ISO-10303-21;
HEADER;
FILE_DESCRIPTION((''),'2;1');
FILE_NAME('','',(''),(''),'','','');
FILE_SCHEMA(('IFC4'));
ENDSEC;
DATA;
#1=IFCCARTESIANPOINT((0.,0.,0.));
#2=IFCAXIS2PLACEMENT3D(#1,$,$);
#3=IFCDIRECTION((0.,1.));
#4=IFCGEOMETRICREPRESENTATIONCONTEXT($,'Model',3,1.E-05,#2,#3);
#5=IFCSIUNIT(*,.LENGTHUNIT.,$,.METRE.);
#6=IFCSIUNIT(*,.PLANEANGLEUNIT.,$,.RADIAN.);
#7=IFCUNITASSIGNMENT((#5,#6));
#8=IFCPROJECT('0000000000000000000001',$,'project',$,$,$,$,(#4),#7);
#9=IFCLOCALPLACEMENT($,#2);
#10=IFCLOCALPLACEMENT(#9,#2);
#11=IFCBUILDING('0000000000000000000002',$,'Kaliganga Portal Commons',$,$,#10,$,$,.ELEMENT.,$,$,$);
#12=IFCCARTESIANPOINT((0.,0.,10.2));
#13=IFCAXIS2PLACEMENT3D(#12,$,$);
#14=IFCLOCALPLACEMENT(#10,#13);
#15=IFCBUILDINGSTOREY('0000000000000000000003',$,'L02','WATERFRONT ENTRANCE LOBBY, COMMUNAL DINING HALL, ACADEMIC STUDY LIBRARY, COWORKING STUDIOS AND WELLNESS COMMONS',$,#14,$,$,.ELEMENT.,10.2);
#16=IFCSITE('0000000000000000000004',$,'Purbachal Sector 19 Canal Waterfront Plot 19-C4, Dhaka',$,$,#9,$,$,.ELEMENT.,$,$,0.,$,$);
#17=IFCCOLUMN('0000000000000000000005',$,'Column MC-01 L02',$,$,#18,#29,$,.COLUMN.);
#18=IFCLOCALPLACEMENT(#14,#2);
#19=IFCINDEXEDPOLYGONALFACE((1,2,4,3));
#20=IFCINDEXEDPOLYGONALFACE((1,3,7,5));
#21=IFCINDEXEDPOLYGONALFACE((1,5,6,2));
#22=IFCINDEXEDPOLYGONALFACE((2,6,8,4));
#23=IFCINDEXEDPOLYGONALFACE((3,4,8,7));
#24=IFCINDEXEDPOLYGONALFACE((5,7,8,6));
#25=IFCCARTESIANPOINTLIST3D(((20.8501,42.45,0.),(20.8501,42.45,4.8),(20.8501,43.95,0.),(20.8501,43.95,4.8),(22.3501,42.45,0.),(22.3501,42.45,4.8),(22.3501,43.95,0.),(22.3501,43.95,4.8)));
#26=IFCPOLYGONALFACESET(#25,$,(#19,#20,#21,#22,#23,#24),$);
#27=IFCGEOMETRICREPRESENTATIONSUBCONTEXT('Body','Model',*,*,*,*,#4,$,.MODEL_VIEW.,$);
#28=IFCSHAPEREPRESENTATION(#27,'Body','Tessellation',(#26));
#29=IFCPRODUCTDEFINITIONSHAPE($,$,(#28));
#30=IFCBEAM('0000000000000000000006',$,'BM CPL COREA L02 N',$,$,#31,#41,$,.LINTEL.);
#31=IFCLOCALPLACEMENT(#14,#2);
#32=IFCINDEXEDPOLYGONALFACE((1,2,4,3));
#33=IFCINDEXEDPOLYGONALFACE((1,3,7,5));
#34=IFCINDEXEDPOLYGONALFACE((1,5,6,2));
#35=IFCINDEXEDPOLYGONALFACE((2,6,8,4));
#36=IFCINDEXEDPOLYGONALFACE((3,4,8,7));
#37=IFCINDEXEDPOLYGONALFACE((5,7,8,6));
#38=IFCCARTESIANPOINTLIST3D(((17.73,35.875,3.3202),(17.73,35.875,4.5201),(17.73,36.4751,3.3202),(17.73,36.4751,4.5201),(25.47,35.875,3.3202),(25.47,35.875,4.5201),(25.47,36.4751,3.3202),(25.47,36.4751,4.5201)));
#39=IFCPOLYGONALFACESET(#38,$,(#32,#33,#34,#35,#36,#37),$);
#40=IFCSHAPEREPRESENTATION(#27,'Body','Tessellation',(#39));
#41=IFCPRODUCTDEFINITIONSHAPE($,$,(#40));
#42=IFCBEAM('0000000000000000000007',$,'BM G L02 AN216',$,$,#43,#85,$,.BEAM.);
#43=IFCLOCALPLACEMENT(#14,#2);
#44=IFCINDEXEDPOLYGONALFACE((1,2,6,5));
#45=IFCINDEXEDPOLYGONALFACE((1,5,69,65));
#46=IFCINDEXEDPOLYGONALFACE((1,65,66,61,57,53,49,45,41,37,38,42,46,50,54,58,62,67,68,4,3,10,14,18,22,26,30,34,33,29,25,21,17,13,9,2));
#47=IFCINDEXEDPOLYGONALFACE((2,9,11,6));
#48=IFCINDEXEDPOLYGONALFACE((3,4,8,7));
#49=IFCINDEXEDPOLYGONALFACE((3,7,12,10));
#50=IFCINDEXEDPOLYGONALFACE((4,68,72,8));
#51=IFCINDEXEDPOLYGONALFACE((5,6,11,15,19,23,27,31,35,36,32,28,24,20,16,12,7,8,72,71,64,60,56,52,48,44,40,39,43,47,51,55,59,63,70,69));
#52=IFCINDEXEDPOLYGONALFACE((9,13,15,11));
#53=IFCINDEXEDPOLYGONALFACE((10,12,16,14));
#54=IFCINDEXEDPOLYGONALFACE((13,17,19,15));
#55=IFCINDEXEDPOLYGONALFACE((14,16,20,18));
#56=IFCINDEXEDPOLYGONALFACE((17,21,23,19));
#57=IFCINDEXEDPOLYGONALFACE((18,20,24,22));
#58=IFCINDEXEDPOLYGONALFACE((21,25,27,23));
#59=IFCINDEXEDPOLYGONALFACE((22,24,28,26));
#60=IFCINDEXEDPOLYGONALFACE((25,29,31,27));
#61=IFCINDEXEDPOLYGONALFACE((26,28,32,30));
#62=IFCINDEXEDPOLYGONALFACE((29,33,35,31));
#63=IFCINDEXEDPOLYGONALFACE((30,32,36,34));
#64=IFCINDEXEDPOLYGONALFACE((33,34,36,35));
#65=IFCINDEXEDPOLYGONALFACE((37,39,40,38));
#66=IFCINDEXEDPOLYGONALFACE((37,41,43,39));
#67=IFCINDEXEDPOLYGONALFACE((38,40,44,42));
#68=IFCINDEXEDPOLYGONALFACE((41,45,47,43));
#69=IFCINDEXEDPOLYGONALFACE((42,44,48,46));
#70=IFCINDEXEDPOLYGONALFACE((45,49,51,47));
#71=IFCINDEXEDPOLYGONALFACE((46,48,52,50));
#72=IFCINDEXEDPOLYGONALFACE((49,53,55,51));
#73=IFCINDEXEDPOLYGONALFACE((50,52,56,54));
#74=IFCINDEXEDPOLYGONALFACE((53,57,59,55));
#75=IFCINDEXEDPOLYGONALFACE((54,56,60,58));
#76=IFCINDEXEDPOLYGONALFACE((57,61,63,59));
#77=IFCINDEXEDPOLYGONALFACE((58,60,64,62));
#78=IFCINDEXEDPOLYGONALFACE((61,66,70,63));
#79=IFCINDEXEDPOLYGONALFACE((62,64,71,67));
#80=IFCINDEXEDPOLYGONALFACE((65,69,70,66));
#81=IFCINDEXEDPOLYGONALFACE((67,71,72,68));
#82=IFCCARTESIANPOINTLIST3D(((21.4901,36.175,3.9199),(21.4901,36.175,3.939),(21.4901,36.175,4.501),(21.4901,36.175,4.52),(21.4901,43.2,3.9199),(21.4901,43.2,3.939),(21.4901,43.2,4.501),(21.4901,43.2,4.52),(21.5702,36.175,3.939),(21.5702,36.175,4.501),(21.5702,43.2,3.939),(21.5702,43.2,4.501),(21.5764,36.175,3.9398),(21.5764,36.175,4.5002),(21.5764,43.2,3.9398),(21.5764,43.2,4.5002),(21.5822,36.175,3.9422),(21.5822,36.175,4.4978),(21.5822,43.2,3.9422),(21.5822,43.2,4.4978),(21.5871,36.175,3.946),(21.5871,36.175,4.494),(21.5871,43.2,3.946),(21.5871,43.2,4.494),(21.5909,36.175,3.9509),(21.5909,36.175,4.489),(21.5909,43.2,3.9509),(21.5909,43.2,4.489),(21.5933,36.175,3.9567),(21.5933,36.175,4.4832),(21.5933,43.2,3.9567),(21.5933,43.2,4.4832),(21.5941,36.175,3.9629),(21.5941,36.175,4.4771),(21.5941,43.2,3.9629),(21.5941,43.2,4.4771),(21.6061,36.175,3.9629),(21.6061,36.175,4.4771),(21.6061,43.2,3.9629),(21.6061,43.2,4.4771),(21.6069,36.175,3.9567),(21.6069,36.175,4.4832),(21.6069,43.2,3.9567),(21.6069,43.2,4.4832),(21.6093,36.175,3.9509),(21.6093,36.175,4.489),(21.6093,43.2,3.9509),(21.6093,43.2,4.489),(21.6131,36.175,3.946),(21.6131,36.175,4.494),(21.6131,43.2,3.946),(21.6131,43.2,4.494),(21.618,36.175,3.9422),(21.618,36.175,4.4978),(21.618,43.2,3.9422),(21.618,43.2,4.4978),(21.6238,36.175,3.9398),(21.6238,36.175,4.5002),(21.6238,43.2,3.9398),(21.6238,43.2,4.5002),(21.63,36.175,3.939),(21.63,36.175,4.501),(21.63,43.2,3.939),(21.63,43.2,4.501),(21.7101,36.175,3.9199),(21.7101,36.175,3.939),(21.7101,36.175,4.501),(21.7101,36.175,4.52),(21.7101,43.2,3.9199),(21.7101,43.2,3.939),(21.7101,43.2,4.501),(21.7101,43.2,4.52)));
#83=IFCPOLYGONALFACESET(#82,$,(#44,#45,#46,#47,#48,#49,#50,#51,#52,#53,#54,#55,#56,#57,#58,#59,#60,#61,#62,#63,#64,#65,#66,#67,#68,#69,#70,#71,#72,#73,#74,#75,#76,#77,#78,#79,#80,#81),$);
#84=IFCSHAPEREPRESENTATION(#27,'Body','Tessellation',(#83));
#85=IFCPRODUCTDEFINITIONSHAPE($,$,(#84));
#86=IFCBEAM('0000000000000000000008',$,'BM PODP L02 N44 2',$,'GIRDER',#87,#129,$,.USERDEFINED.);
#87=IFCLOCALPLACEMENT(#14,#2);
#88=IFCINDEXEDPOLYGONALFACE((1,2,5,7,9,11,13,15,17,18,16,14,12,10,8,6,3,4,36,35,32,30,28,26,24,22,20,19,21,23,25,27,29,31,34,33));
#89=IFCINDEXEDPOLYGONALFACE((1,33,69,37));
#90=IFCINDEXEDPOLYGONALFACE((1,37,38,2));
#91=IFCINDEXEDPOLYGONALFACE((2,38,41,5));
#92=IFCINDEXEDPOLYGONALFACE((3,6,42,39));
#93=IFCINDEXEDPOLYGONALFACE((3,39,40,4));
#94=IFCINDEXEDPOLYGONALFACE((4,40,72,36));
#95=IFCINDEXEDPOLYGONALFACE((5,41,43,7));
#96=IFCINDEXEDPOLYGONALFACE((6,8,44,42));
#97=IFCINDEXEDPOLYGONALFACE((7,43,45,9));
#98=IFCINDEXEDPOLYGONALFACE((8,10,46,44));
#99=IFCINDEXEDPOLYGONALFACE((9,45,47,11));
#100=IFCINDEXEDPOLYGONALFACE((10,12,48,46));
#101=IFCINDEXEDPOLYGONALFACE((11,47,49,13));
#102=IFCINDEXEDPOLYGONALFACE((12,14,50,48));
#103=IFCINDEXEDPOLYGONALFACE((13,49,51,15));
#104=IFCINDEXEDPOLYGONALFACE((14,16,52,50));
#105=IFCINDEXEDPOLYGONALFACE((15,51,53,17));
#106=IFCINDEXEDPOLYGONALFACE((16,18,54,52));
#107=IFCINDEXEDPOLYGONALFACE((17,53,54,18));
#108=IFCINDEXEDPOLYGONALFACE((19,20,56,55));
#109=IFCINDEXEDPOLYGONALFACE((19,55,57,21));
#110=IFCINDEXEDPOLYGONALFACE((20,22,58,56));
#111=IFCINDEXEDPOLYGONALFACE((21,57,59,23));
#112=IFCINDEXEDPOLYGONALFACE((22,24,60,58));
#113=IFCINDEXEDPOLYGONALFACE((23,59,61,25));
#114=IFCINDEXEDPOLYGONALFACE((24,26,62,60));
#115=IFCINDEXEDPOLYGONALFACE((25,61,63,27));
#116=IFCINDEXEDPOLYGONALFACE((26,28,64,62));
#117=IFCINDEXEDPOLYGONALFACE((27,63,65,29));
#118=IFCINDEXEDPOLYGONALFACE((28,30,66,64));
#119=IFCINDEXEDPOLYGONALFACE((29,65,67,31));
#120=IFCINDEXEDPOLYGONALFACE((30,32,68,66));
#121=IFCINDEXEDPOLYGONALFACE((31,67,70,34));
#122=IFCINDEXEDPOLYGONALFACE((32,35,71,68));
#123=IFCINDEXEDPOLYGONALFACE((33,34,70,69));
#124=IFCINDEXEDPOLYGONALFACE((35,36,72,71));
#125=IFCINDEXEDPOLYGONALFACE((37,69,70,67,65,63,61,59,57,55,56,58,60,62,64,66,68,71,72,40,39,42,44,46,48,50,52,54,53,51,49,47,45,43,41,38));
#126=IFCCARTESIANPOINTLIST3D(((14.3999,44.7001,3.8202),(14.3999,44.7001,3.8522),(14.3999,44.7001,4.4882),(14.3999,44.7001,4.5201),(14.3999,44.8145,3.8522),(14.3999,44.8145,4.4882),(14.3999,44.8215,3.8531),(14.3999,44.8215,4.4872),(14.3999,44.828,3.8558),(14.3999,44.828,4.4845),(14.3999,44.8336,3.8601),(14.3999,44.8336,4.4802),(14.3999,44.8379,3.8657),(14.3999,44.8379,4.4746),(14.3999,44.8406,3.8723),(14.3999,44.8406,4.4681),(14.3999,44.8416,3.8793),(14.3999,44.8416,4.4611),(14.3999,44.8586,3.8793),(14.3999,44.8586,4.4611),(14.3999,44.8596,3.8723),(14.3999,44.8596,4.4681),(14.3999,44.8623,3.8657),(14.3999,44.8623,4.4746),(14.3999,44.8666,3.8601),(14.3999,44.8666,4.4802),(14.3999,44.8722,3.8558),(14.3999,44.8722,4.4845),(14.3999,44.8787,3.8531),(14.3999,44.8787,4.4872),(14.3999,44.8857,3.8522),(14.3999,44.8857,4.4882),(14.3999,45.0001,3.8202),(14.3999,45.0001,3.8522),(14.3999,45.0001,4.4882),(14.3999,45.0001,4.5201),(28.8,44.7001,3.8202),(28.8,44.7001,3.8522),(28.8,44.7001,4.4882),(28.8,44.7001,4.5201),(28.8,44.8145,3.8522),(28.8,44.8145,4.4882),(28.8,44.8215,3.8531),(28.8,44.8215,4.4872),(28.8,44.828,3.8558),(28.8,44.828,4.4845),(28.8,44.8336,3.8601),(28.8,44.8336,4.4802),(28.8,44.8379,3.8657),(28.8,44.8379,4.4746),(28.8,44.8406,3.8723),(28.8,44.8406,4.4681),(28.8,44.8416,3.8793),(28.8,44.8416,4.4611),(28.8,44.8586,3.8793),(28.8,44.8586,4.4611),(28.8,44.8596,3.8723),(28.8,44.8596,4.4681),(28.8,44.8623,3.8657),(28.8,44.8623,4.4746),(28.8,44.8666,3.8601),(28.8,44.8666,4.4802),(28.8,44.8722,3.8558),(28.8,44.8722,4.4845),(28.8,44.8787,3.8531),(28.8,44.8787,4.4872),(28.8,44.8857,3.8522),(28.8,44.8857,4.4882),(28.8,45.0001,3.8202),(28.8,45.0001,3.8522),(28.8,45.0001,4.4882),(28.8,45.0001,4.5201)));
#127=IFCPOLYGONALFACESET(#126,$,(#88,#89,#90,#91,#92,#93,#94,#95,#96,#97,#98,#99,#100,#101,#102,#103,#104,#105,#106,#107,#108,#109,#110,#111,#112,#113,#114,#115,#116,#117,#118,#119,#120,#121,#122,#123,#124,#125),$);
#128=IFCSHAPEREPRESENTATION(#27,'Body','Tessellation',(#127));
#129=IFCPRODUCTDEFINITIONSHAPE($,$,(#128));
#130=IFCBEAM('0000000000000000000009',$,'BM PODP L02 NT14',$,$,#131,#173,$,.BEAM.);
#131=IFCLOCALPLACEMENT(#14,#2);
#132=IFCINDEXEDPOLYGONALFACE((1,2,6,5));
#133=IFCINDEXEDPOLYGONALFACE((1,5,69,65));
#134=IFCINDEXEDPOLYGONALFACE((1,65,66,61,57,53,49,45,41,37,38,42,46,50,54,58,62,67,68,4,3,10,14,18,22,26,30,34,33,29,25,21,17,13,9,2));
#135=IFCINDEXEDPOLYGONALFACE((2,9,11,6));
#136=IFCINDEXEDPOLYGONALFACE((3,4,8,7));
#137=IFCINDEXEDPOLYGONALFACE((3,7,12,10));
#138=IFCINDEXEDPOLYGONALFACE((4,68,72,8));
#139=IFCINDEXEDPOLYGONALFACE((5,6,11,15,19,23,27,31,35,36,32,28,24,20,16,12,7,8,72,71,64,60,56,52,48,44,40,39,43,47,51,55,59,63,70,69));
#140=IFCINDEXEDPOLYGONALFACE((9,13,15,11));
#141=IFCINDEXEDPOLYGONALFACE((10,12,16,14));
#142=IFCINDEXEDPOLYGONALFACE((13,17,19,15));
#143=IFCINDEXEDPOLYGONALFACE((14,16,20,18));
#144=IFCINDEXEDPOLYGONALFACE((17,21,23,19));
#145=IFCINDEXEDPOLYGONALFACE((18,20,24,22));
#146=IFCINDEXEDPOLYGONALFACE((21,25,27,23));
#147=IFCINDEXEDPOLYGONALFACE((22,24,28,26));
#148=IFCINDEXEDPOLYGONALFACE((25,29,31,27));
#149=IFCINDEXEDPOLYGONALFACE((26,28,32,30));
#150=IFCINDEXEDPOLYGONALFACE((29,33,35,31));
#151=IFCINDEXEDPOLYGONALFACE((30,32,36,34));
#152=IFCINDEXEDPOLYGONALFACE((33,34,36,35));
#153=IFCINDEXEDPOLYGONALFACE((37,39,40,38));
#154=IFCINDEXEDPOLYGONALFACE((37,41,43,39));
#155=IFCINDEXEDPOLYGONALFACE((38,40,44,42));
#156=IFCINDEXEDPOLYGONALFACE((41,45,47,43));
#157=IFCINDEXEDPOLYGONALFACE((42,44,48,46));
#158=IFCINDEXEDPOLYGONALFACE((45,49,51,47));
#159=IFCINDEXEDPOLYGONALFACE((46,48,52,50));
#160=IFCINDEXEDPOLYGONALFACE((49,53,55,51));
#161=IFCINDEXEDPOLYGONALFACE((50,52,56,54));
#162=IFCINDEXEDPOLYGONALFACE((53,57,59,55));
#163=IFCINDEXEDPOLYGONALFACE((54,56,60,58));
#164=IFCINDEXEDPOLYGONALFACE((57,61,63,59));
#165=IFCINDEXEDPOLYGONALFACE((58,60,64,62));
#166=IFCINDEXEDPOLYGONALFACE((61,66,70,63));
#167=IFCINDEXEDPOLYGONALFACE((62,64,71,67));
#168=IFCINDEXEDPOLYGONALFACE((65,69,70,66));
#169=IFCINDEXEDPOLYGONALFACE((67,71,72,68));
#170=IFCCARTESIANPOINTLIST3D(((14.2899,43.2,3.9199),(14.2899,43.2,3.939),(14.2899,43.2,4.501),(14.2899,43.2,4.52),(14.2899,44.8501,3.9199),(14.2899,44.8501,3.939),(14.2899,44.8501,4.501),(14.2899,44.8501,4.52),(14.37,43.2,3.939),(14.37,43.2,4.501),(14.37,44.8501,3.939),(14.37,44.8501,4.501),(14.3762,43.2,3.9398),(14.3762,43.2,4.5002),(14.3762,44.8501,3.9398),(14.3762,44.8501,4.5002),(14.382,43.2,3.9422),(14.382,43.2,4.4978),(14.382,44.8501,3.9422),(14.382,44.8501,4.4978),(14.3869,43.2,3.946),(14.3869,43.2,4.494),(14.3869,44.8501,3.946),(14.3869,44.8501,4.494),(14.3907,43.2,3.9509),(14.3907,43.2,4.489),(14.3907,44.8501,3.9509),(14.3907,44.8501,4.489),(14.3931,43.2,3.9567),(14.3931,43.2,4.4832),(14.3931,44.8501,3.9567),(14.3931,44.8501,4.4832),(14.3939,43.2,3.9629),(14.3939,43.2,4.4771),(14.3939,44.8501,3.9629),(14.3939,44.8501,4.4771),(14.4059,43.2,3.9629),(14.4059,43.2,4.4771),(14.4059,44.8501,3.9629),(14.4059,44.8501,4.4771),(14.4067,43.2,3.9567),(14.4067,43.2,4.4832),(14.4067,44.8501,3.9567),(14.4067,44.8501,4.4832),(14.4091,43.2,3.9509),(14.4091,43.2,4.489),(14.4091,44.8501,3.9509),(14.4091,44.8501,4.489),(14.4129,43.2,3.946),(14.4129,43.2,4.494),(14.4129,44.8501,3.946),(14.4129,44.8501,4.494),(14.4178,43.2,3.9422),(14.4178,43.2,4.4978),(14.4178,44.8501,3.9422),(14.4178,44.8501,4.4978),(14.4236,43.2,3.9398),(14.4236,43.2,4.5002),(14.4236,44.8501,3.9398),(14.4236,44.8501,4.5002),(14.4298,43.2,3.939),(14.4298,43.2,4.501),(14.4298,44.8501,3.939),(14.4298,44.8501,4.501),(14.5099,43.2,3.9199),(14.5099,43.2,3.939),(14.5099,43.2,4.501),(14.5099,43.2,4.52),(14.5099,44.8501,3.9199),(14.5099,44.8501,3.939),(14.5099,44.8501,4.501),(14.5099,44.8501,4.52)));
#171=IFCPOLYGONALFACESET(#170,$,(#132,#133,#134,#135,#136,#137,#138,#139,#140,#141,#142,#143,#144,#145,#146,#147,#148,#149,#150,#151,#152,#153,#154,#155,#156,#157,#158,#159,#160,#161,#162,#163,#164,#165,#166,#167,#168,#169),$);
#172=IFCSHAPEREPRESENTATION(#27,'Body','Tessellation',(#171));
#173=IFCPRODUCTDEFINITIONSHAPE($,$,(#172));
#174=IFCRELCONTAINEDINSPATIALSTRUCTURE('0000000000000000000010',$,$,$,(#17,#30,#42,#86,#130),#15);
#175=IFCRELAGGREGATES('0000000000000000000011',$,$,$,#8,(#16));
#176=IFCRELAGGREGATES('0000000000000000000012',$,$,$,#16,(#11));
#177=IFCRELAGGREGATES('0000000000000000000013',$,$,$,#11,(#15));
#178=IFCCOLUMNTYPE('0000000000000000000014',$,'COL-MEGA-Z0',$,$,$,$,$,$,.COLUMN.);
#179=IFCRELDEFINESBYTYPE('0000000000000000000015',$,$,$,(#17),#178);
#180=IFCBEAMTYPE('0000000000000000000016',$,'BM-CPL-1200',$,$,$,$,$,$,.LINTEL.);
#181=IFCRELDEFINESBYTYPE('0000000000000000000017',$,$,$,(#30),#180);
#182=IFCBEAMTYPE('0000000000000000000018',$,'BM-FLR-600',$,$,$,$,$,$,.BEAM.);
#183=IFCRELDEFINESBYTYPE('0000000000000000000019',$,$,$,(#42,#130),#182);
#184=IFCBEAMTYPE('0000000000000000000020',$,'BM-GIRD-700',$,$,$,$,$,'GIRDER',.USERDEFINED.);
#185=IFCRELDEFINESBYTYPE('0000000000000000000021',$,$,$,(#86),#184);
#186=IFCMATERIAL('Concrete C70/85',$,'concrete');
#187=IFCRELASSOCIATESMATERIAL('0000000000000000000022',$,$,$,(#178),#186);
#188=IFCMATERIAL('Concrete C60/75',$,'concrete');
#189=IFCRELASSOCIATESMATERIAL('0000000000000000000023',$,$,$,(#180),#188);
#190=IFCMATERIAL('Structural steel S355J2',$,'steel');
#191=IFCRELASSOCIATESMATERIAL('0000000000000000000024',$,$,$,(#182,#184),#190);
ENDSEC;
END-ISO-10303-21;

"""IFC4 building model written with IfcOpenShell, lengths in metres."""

from ifc_helpers import new_model, si_unit, direction, frame, origin, origin_2d, place, context, subcontext, project, spatial, rectangle, i_section, extrude, source, transform, mapped, material, material_profile, profile_set, type_object, element, save


model = new_model("IFC4")

# Units and contexts
model_context = context("Model", 3, precision=1e-05, world=origin(), true_north=direction((0.0, 1.0)))
body_context = subcontext(model_context, "Body", "Model", "MODEL_VIEW")
ifc_project = project(units=[si_unit("LENGTHUNIT", "METRE"), si_unit("PLANEANGLEUNIT", "RADIAN")], contexts=[model_context])

# Site, building, storey
site_placement = place(None, origin())
site = spatial("IfcSite", under=ifc_project, at=site_placement, Name="Purbachal Sector 19 Canal Waterfront Plot 19-C4, Dhaka", CompositionType="ELEMENT", RefElevation=0.0)
building_placement = place(site_placement, origin())
building = spatial("IfcBuilding", under=site, at=building_placement, Name="Kaliganga Portal Commons", CompositionType="ELEMENT")
storey_placement = place(building_placement, frame((0.0, 0.0, 10.2)))
storey = spatial("IfcBuildingStorey", under=building, at=storey_placement, Name="L02", Description="WATERFRONT ENTRANCE LOBBY, COMMUNAL DINING HALL, ACADEMIC STUDY LIBRARY, COWORKING STUDIOS AND WELLNESS COMMONS", CompositionType="ELEMENT", Elevation=10.2)

# Column
ifc_material_1 = material(Name="Concrete C70/85", Category="concrete")
ifc_material_profile_1 = material_profile(ifc_material_1, rectangle(XDim=1.5, YDim=1.5, at=origin_2d()), Name="RC 1500x1500")
ifc_profile_set_1 = profile_set([ifc_material_profile_1], Name="Concrete C70/85")
column_type = type_object("IfcColumnType", Name="COL-MEGA-Z0", PredefinedType="COLUMN", material=ifc_profile_set_1)
shared_shape_1 = source(origin(), body_context, "Body", "SweptSolid", [
    extrude(rectangle(XDim=1.5, YDim=1.5, at=origin_2d()), origin(), (0.0, 0.0, 1.0), 4.8),
])
column_placement = place(storey_placement, frame((21.6001, 43.2, 0.0), z_axis=(0.0, 0.0, 1.0), x_axis=(1.0, 0.0, 0.0)))
element("IfcColumn", 1, at=column_placement, inside=storey, type_object=column_type, Name="Column MC-01 L02", PredefinedType="COLUMN", context=body_context, shape_type="MappedRepresentation", body=[
    mapped(shared_shape_1, transform((0.0, 0.0, 0.0), x_axis=(1.0, 0.0, 0.0), y_axis=(0.0, 1.0, 0.0), z_axis=(0.0, 0.0, 1.0), scale=1.0)),
])

# Beams
ifc_material_2 = material(Name="Concrete C60/75", Category="concrete")
ifc_material_profile_2 = material_profile(ifc_material_2, rectangle(XDim=0.6001, YDim=1.2, at=origin_2d()), Name="RC 600x1200")
ifc_profile_set_2 = profile_set([ifc_material_profile_2], Name="Concrete C60/75")
beam_type_1 = type_object("IfcBeamType", Name="BM-CPL-1200", PredefinedType="LINTEL", material=ifc_profile_set_2)
shared_shape_2 = source(origin(), body_context, "Body", "SweptSolid", [
    extrude(rectangle(XDim=0.6001, YDim=1.2, at=origin_2d()), origin(), (0.0, 0.0, 1.0), 7.74),
])
beam_1_placement = place(storey_placement, frame((17.73, 36.175, 3.9202), z_axis=(1.0, 0.0, 0.0), x_axis=(0.0, 1.0, 0.0)))
element("IfcBeam", 2, at=beam_1_placement, inside=storey, type_object=beam_type_1, Name="BM CPL COREA L02 N", PredefinedType="LINTEL", context=body_context, shape_type="MappedRepresentation", body=[
    mapped(shared_shape_2, transform((0.0, 0.0, 0.0), x_axis=(1.0, 0.0, 0.0), y_axis=(0.0, 1.0, 0.0), z_axis=(0.0, 0.0, 1.0), scale=1.0)),
])
ifc_material_3 = material(Name="Structural steel S355J2", Category="steel")
ifc_material_profile_3 = material_profile(ifc_material_3, i_section(OverallWidth=0.22, OverallDepth=0.6001, WebThickness=0.012, FlangeThickness=0.019, FilletRadius=0.0239, at=origin_2d()), Name="IPE 600")
ifc_profile_set_3 = profile_set([ifc_material_profile_3], Name="Structural steel S355J2 wide-flange")
beam_type_2 = type_object("IfcBeamType", Name="BM-FLR-600", PredefinedType="BEAM", material=ifc_profile_set_3)
shared_shape_3 = source(origin(), body_context, "Body", "SweptSolid", [
    extrude(i_section(OverallWidth=0.22, OverallDepth=0.6001, WebThickness=0.012, FlangeThickness=0.019, FilletRadius=0.0239, at=origin_2d()), origin(), (0.0, 0.0, 1.0), 7.0249),
])
beam_2_placement = place(storey_placement, frame((21.6001, 36.175, 4.22), z_axis=(0.0, 1.0, 0.0), x_axis=(-1.0, 0.0, 0.0)))
element("IfcBeam", 3, at=beam_2_placement, inside=storey, type_object=beam_type_2, Name="BM G L02 AN216", PredefinedType="BEAM", context=body_context, shape_type="MappedRepresentation", body=[
    mapped(shared_shape_3, transform((0.0, 0.0, 0.0), x_axis=(1.0, 0.0, 0.0), y_axis=(0.0, 1.0, 0.0), z_axis=(0.0, 0.0, 1.0), scale=1.0)),
])
ifc_material_profile_4 = material_profile(ifc_material_3, i_section(OverallWidth=0.3, OverallDepth=0.7, WebThickness=0.0171, FlangeThickness=0.032, FilletRadius=0.0271, at=origin_2d()), Name="HE 700 B")
ifc_profile_set_4 = profile_set([ifc_material_profile_4], Name="Structural steel S355J2 wide-flange")
beam_type_3 = type_object("IfcBeamType", Name="BM-GIRD-700", ElementType="GIRDER", PredefinedType="USERDEFINED", material=ifc_profile_set_4)
shared_shape_4 = source(origin(), body_context, "Body", "SweptSolid", [
    extrude(i_section(OverallWidth=0.3, OverallDepth=0.7, WebThickness=0.0171, FlangeThickness=0.032, FilletRadius=0.0271, at=origin_2d()), origin(), (0.0, 0.0, 1.0), 14.4001),
])
beam_3_placement = place(storey_placement, frame((14.3999, 44.8501, 4.1702), z_axis=(1.0, 0.0, 0.0), x_axis=(0.0, 1.0, 0.0)))
element("IfcBeam", 4, at=beam_3_placement, inside=storey, type_object=beam_type_3, Name="BM PODP L02 N44 2", ObjectType="GIRDER", PredefinedType="USERDEFINED", context=body_context, shape_type="MappedRepresentation", body=[
    mapped(shared_shape_4, transform((0.0, 0.0, 0.0), x_axis=(1.0, 0.0, 0.0), y_axis=(0.0, 1.0, 0.0), z_axis=(0.0, 0.0, 1.0), scale=1.0)),
])
shared_shape_5 = source(origin(), body_context, "Body", "SweptSolid", [
    extrude(i_section(OverallWidth=0.22, OverallDepth=0.6001, WebThickness=0.012, FlangeThickness=0.019, FilletRadius=0.0239, at=origin_2d()), origin(), (0.0, 0.0, 1.0), 1.6501),
])
beam_4_placement = place(storey_placement, frame((14.3999, 43.2, 4.22), z_axis=(0.0, 1.0, 0.0), x_axis=(-1.0, 0.0, 0.0)))
element("IfcBeam", 5, at=beam_4_placement, inside=storey, type_object=beam_type_2, Name="BM PODP L02 NT14", PredefinedType="BEAM", context=body_context, shape_type="MappedRepresentation", body=[
    mapped(shared_shape_5, transform((0.0, 0.0, 0.0), x_axis=(1.0, 0.0, 0.0), y_axis=(0.0, 1.0, 0.0), z_axis=(0.0, 0.0, 1.0), scale=1.0)),
])

save(model, "model.ifc")
